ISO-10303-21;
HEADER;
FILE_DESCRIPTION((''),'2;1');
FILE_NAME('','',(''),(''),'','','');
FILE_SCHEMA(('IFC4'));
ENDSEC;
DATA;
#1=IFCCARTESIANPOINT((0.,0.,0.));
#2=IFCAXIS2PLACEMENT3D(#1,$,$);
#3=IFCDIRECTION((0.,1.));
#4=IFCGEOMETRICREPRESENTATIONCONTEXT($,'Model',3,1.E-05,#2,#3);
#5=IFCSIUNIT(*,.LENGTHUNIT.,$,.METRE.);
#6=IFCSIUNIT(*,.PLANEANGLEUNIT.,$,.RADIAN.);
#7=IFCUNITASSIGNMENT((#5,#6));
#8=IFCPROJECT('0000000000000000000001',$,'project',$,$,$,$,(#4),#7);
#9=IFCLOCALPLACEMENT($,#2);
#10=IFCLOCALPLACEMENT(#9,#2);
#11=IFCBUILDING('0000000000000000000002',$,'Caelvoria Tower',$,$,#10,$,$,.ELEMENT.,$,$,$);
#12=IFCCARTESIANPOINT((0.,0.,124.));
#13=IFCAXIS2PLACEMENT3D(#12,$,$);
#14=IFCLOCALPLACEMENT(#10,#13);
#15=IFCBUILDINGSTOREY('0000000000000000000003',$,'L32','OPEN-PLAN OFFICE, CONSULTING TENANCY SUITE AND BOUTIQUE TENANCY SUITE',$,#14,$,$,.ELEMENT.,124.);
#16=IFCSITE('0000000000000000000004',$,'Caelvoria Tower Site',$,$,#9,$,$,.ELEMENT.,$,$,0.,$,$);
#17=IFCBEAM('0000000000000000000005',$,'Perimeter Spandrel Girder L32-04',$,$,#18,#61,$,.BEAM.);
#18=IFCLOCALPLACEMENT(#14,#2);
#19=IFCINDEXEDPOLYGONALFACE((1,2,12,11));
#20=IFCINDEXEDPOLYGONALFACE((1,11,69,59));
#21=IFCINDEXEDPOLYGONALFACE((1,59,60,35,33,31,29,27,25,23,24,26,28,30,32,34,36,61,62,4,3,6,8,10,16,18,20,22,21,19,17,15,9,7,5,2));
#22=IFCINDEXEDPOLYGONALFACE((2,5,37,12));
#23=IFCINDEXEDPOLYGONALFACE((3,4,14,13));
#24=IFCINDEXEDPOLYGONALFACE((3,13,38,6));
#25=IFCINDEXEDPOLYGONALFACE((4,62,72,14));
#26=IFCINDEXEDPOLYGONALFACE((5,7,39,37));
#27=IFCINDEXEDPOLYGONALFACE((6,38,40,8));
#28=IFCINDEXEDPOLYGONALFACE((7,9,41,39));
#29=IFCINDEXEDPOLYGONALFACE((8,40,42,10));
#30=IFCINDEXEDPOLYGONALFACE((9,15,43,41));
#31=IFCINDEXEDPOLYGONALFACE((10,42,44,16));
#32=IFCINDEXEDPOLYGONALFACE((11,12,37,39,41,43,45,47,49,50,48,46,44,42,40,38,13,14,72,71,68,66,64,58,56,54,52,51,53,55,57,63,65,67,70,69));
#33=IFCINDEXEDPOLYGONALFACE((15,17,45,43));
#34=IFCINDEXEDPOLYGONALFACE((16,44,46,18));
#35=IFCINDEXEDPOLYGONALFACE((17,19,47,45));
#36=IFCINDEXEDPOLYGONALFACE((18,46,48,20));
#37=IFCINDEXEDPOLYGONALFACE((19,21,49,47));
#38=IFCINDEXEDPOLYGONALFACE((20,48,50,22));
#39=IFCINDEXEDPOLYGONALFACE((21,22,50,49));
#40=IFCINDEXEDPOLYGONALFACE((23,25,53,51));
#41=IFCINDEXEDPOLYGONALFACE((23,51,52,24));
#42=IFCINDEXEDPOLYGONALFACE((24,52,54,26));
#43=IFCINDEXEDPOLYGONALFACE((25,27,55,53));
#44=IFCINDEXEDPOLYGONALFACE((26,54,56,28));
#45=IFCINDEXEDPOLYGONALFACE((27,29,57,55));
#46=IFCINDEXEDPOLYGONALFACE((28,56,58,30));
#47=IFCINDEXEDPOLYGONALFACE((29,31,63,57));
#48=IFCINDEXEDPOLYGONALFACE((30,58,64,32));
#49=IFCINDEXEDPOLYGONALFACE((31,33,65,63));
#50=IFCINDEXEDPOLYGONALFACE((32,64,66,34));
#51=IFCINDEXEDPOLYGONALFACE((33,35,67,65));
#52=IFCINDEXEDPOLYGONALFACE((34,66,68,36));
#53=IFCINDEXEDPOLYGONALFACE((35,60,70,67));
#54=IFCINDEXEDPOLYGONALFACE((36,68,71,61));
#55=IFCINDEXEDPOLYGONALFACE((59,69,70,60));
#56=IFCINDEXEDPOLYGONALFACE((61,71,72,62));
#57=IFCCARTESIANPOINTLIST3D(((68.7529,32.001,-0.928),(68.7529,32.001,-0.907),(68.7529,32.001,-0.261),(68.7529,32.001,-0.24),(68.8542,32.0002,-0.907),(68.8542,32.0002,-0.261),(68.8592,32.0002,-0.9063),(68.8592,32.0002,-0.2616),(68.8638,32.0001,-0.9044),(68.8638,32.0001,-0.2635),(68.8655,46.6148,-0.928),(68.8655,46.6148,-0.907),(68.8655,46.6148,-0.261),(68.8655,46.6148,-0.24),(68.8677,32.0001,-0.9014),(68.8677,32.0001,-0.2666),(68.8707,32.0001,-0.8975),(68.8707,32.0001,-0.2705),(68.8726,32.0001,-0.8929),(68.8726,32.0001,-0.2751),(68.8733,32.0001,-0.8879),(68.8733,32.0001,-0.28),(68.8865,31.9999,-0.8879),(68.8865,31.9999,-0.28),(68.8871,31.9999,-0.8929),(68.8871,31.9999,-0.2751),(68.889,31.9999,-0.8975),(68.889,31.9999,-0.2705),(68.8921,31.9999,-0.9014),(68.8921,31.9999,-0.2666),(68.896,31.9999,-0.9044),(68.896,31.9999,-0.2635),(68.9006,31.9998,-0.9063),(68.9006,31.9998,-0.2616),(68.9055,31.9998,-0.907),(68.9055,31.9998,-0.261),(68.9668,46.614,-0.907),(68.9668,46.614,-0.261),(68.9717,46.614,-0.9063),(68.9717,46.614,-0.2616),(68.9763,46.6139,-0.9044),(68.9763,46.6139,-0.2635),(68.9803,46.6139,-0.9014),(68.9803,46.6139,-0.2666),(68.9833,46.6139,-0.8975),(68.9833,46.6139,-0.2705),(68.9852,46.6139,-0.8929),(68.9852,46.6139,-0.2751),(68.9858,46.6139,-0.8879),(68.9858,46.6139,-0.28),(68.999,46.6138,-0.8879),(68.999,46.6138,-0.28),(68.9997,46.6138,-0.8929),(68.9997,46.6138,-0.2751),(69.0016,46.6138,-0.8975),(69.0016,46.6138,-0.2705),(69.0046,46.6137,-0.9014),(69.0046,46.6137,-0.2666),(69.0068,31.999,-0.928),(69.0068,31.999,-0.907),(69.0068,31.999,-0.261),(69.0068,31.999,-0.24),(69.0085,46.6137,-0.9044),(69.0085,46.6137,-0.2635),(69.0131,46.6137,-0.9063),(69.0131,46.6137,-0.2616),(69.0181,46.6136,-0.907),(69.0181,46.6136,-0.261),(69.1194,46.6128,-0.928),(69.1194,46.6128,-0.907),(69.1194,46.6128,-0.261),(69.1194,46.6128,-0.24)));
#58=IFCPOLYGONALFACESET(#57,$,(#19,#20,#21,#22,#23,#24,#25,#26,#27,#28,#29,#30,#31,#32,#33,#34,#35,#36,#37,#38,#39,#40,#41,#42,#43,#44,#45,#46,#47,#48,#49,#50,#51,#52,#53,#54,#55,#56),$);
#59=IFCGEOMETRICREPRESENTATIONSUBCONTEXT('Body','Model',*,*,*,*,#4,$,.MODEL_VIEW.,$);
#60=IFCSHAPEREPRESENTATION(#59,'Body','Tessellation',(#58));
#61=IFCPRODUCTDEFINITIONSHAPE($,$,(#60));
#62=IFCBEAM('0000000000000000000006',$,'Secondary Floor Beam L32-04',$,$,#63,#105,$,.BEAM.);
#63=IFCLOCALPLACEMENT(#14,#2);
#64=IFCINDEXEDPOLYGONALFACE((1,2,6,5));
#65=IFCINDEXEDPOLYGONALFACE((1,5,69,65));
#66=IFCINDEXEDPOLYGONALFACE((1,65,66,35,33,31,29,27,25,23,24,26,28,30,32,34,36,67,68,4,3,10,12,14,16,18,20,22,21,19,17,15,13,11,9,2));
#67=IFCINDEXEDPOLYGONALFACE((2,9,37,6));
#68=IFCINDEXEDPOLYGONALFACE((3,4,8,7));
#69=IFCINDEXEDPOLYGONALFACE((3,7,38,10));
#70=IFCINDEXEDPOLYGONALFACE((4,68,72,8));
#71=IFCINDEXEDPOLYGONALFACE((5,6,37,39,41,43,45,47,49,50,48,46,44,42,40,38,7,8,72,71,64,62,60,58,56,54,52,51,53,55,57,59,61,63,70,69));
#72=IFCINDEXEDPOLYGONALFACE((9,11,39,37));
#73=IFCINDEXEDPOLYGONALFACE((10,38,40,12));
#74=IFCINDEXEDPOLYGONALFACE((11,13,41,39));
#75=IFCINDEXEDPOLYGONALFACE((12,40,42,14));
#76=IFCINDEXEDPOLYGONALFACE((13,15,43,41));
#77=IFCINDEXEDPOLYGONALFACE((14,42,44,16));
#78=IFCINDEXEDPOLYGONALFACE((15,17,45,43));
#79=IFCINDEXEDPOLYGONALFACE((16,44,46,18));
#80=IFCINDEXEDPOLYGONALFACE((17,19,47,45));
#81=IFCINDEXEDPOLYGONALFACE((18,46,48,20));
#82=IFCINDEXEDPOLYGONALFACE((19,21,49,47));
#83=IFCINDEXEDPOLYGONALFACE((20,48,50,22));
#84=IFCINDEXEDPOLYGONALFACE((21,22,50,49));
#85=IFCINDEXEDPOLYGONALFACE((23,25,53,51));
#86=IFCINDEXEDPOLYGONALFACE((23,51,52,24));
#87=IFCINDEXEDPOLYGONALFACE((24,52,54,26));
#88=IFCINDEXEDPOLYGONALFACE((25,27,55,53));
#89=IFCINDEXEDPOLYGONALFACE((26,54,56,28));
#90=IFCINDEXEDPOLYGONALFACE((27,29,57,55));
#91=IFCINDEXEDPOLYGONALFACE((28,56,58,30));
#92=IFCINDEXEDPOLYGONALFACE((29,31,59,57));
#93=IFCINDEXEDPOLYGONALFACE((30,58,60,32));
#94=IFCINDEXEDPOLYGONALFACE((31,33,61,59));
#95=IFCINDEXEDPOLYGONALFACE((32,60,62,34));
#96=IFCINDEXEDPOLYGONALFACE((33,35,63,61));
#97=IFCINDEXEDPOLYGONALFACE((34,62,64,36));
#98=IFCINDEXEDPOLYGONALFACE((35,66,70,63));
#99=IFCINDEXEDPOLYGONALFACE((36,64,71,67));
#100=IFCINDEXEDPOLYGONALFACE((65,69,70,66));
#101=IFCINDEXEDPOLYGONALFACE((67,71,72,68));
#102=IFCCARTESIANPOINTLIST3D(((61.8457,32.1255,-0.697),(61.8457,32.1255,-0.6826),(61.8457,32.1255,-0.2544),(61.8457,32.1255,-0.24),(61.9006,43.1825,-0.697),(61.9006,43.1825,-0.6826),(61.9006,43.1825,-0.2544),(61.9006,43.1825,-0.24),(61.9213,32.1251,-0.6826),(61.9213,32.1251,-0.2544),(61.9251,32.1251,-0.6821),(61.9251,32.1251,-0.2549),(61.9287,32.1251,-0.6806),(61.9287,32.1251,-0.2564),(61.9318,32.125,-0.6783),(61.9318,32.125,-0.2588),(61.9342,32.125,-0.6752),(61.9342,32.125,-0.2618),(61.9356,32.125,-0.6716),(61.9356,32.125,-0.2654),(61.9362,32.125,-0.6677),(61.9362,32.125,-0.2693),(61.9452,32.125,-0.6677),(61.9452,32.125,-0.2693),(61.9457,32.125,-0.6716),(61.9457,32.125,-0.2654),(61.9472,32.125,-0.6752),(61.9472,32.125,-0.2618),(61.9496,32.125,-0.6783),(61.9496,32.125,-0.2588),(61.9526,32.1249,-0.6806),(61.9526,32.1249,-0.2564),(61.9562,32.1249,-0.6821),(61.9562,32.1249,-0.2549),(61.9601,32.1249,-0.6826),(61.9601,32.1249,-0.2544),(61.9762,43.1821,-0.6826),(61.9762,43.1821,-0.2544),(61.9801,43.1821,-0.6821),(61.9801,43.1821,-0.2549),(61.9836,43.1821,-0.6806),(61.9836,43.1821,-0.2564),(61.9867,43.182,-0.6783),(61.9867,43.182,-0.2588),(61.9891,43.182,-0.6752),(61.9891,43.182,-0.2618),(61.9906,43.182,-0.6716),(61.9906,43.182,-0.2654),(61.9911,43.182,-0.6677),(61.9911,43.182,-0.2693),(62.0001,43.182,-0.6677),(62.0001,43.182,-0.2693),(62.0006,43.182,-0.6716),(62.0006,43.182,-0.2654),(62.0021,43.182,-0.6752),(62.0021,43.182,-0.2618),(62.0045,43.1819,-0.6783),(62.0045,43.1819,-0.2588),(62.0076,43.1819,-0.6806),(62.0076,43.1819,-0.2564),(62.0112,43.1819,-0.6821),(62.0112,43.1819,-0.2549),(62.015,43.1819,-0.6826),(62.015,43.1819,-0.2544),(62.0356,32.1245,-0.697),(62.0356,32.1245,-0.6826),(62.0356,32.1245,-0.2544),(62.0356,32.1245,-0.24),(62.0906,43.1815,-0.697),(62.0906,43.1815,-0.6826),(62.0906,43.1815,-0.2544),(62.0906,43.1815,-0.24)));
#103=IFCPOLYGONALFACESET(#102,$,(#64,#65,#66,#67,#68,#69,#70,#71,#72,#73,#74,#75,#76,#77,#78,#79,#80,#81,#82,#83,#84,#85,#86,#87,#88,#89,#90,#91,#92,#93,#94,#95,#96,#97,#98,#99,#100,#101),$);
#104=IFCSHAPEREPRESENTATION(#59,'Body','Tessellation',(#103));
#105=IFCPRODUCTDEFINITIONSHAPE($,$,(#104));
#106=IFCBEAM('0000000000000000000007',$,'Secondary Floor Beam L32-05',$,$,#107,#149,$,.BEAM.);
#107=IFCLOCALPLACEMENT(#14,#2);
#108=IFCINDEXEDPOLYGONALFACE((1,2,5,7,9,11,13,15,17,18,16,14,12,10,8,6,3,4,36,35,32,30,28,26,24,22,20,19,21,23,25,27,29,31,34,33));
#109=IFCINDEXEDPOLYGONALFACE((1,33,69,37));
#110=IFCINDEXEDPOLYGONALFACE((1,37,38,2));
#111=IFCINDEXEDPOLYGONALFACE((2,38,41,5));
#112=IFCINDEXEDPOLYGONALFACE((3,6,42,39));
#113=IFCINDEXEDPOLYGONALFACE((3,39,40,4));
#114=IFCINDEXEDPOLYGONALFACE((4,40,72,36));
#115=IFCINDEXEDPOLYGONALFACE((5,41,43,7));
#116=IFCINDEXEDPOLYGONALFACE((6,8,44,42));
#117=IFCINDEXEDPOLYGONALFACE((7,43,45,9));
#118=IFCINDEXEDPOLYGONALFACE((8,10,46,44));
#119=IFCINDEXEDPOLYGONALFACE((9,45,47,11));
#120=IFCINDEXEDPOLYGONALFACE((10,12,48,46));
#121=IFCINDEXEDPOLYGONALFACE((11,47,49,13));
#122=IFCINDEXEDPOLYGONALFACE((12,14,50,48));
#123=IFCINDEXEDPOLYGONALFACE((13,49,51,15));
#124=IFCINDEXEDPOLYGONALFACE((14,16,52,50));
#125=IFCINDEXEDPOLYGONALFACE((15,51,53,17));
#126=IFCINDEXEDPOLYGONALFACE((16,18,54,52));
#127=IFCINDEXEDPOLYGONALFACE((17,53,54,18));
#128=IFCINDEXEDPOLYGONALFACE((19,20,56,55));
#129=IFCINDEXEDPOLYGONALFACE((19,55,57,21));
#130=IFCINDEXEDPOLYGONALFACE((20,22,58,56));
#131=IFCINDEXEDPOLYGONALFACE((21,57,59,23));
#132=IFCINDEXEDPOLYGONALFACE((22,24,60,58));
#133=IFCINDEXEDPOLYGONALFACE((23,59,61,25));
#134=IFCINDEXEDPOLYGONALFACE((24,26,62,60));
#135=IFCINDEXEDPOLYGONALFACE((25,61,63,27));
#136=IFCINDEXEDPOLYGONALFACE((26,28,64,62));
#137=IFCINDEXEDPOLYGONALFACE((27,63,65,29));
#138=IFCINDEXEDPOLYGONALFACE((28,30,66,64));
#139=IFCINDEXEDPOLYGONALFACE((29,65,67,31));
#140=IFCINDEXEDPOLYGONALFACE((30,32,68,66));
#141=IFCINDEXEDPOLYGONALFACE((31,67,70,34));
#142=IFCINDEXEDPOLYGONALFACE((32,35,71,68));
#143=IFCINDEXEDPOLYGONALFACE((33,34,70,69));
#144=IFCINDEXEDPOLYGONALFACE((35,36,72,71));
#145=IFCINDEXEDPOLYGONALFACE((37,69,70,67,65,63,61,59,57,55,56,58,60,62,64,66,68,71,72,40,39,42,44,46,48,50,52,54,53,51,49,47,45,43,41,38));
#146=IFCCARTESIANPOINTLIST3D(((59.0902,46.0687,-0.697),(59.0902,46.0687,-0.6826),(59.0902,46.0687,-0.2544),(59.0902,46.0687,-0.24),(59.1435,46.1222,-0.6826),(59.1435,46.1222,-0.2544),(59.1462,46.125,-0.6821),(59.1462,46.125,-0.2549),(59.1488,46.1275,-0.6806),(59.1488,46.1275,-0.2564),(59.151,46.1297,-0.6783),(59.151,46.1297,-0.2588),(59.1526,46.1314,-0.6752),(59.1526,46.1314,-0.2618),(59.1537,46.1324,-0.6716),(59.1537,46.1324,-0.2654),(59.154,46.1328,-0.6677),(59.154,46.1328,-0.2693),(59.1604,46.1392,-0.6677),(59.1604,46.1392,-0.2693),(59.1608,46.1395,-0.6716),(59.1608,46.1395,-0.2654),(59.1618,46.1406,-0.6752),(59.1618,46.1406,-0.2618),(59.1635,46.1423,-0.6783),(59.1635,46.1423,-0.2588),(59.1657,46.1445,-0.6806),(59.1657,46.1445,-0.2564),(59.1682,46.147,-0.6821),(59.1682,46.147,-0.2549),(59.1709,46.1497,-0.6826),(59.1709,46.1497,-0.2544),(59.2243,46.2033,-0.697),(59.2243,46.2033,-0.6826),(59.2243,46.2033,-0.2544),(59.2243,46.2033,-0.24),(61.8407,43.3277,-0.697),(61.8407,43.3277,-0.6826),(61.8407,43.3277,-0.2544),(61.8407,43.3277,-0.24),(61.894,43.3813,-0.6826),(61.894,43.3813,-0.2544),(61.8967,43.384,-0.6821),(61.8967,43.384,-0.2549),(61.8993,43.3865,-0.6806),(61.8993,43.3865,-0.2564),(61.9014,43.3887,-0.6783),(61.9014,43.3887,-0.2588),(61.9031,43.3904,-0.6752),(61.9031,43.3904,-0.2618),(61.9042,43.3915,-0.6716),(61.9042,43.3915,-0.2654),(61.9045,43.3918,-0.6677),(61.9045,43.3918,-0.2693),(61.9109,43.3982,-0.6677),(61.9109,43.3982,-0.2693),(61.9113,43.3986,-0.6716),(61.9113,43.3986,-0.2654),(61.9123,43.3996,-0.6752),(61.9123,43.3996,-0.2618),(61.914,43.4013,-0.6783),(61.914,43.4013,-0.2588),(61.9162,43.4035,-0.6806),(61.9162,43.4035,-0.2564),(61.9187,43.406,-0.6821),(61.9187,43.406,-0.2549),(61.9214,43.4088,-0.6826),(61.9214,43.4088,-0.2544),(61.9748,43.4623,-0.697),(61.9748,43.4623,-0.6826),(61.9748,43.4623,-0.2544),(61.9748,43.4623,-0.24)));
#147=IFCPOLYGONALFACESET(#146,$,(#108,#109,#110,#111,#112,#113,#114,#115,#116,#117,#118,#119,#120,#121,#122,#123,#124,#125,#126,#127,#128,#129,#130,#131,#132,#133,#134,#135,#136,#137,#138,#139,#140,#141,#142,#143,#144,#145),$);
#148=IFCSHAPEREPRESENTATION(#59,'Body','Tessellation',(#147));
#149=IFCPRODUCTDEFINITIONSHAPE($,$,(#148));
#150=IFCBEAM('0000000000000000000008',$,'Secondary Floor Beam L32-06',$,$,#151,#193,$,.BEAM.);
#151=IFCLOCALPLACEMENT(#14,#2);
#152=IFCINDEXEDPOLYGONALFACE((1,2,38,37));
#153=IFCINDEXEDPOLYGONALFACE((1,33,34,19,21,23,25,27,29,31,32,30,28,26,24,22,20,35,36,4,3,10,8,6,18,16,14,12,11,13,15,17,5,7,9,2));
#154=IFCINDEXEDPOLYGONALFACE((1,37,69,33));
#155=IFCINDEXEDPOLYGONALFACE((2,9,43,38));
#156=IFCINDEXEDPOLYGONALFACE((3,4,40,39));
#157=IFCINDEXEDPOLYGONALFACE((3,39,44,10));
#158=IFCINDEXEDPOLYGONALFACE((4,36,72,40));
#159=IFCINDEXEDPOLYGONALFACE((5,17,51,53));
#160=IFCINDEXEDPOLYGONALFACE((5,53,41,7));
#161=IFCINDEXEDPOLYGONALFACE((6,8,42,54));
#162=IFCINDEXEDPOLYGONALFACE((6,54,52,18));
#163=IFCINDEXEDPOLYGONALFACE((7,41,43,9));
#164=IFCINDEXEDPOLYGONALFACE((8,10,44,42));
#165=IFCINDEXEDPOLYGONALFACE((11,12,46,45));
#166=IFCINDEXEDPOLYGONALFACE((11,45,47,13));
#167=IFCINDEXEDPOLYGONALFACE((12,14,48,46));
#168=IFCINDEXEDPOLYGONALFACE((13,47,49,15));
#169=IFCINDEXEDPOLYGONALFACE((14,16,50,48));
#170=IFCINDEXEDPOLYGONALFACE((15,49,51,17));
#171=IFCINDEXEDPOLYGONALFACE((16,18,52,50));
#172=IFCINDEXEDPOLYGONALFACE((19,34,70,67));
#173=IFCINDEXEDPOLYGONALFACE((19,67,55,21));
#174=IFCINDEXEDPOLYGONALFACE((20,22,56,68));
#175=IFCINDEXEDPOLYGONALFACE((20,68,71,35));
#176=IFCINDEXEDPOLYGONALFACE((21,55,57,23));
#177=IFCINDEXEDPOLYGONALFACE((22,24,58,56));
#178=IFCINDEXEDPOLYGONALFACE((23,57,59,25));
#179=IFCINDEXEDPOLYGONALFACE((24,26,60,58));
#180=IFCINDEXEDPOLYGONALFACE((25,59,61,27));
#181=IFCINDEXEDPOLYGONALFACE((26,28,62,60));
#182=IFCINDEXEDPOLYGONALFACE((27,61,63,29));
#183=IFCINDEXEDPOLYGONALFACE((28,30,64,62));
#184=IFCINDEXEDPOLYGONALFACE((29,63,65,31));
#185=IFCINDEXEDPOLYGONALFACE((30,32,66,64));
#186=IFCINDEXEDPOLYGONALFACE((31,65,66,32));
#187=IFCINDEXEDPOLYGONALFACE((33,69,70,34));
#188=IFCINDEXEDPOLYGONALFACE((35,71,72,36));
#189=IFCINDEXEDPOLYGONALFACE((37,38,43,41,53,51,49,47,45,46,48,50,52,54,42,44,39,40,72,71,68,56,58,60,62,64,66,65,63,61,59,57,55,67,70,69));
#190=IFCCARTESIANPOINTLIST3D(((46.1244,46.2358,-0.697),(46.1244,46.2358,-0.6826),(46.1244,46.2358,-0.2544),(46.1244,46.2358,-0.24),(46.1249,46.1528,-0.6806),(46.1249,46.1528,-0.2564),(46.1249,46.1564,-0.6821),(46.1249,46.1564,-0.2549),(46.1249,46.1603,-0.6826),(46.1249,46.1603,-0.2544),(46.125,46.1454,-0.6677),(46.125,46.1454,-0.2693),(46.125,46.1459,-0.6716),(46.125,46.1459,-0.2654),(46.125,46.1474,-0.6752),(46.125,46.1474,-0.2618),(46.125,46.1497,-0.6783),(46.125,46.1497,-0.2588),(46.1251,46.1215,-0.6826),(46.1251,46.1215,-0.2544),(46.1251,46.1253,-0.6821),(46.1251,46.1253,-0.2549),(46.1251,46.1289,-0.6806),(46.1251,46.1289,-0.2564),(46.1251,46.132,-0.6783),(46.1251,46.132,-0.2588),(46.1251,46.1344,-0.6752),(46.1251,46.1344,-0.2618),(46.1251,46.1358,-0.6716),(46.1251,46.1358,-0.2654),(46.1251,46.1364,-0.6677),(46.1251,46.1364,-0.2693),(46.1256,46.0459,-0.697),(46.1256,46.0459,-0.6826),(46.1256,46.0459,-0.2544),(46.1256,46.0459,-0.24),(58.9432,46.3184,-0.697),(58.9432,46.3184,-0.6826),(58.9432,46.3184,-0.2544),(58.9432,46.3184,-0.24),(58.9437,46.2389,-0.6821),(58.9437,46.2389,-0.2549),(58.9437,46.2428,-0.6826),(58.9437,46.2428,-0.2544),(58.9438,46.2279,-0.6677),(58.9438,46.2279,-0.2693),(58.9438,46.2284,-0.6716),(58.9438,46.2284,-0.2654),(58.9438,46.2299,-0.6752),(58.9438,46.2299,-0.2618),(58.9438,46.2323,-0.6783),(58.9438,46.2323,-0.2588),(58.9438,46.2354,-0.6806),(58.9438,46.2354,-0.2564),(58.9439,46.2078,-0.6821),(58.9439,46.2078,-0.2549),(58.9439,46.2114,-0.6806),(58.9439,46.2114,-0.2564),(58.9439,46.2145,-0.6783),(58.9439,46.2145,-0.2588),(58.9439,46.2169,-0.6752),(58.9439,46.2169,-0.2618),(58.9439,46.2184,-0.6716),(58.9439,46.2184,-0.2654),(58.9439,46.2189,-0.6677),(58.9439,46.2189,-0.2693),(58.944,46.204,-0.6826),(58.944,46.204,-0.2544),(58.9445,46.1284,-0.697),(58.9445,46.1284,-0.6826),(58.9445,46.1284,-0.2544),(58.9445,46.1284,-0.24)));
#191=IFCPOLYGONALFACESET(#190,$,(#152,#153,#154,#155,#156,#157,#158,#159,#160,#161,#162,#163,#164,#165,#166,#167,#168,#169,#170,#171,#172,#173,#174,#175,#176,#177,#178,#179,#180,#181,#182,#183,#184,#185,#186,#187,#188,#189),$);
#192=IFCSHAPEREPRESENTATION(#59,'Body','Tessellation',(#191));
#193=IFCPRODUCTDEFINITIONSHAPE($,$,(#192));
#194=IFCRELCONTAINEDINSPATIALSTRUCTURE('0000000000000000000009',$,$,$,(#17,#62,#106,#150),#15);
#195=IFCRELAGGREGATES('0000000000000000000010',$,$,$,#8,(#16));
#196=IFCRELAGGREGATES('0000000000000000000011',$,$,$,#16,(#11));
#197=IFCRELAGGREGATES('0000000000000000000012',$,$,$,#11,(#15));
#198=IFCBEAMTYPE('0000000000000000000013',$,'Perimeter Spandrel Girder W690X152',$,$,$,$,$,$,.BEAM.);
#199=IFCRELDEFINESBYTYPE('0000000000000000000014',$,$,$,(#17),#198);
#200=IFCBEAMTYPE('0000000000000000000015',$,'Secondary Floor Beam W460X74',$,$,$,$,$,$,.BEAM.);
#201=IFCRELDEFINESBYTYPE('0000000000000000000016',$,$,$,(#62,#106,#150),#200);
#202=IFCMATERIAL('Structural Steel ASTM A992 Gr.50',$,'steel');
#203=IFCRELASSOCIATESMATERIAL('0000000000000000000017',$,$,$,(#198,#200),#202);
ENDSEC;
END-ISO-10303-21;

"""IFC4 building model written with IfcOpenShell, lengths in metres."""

from ifc_helpers import new_model, si_unit, direction, frame, origin, origin_2d, place, context, subcontext, project, spatial, i_section, extrude, material, material_profile, profile_set, type_object, element, save


model = new_model("IFC4")

# Units and contexts
model_context = context("Model", 3, precision=1e-05, world=origin(), true_north=direction((0.0, 1.0)))
body_context = subcontext(model_context, "Body", "Model", "MODEL_VIEW")
ifc_project = project(units=[si_unit("LENGTHUNIT", "METRE"), si_unit("PLANEANGLEUNIT", "RADIAN")], contexts=[model_context])

# Site, building, storey
site_placement = place(None, origin())
site = spatial("IfcSite", under=ifc_project, at=site_placement, Name="Caelvoria Tower Site", CompositionType="ELEMENT", RefElevation=0.0)
building_placement = place(site_placement, origin())
building = spatial("IfcBuilding", under=site, at=building_placement, Name="Caelvoria Tower", CompositionType="ELEMENT")
storey_placement = place(building_placement, frame((0.0, 0.0, 124.0)))
storey = spatial("IfcBuildingStorey", under=building, at=storey_placement, Name="L32", Description="OPEN-PLAN OFFICE, CONSULTING TENANCY SUITE AND BOUTIQUE TENANCY SUITE", CompositionType="ELEMENT", Elevation=124.0)

# Beams
ifc_material_1 = material(Name="Structural Steel ASTM A992 Gr.50", Category="steel")
ifc_material_profile_1 = material_profile(ifc_material_1, i_section(OverallWidth=0.2539, OverallDepth=0.688, WebThickness=0.0132, FlangeThickness=0.021, FilletRadius=0.019, at=origin_2d()), Name="Structural Steel ASTM A992 Gr.50")
ifc_profile_set_1 = profile_set([ifc_material_profile_1], Name="W690X152 - Structural Steel ASTM A992 Gr.50")
beam_type_1 = type_object("IfcBeamType", Name="Perimeter Spandrel Girder W690X152", PredefinedType="BEAM", material=ifc_profile_set_1)
beam_1_placement = place(storey_placement, frame((68.8799, 32.0, -0.584), z_axis=(0.007701, 0.99997, 0.0), x_axis=(-0.99997, 0.007701, 0.0)))
element("IfcBeam", 1, at=beam_1_placement, inside=storey, type_object=beam_type_1, Name="Perimeter Spandrel Girder L32-04", PredefinedType="BEAM", context=body_context, shape_type="SweptSolid", body=[
    extrude(i_section(OverallWidth=0.2539, OverallDepth=0.688, WebThickness=0.0132, FlangeThickness=0.021, FilletRadius=0.019, at=origin_2d()), origin(), (0.0, 0.0, 1.0), 14.6143),
])
ifc_material_profile_2 = material_profile(ifc_material_1, i_section(OverallWidth=0.1899, OverallDepth=0.457, WebThickness=0.009, FlangeThickness=0.0144, FilletRadius=0.0149, at=origin_2d()), Name="Structural Steel ASTM A992 Gr.50")
ifc_profile_set_2 = profile_set([ifc_material_profile_2], Name="W460X74 - Structural Steel ASTM A992 Gr.50")
beam_type_2 = type_object("IfcBeamType", Name="Secondary Floor Beam W460X74", PredefinedType="BEAM", material=ifc_profile_set_2)
beam_2_placement = place(storey_placement, frame((61.9407, 32.125, -0.4685), z_axis=(0.004968, 0.999988, 0.0), x_axis=(-0.999988, 0.004968, 0.0)))
element("IfcBeam", 2, at=beam_2_placement, inside=storey, type_object=beam_type_2, Name="Secondary Floor Beam L32-04", PredefinedType="BEAM", context=body_context, shape_type="SweptSolid", body=[
    extrude(i_section(OverallWidth=0.1899, OverallDepth=0.457, WebThickness=0.009, FlangeThickness=0.0144, FilletRadius=0.0149, at=origin_2d()), origin(), (0.0, 0.0, 1.0), 11.0571),
])
beam_3_placement = place(storey_placement, frame((61.9077, 43.395, -0.4685), z_axis=(-0.708332, 0.70588, 0.0), x_axis=(-0.70588, -0.708332, 0.0)))
element("IfcBeam", 3, at=beam_3_placement, inside=storey, type_object=beam_type_2, Name="Secondary Floor Beam L32-05", PredefinedType="BEAM", context=body_context, shape_type="SweptSolid", body=[
    extrude(i_section(OverallWidth=0.1899, OverallDepth=0.457, WebThickness=0.009, FlangeThickness=0.0144, FilletRadius=0.0149, at=origin_2d()), origin(), (0.0, 0.0, 1.0), 3.8831),
])
beam_4_placement = place(storey_placement, frame((58.9438, 46.2234, -0.4685), z_axis=(-0.999979, -0.006437, 0.0), x_axis=(0.006437, -0.999979, 0.0)))
element("IfcBeam", 4, at=beam_4_placement, inside=storey, type_object=beam_type_2, Name="Secondary Floor Beam L32-06", PredefinedType="BEAM", context=body_context, shape_type="SweptSolid", body=[
    extrude(i_section(OverallWidth=0.1899, OverallDepth=0.457, WebThickness=0.009, FlangeThickness=0.0144, FilletRadius=0.0149, at=origin_2d()), origin(), (0.0, 0.0, 1.0), 12.8191),
])

save(model, "model.ifc")
